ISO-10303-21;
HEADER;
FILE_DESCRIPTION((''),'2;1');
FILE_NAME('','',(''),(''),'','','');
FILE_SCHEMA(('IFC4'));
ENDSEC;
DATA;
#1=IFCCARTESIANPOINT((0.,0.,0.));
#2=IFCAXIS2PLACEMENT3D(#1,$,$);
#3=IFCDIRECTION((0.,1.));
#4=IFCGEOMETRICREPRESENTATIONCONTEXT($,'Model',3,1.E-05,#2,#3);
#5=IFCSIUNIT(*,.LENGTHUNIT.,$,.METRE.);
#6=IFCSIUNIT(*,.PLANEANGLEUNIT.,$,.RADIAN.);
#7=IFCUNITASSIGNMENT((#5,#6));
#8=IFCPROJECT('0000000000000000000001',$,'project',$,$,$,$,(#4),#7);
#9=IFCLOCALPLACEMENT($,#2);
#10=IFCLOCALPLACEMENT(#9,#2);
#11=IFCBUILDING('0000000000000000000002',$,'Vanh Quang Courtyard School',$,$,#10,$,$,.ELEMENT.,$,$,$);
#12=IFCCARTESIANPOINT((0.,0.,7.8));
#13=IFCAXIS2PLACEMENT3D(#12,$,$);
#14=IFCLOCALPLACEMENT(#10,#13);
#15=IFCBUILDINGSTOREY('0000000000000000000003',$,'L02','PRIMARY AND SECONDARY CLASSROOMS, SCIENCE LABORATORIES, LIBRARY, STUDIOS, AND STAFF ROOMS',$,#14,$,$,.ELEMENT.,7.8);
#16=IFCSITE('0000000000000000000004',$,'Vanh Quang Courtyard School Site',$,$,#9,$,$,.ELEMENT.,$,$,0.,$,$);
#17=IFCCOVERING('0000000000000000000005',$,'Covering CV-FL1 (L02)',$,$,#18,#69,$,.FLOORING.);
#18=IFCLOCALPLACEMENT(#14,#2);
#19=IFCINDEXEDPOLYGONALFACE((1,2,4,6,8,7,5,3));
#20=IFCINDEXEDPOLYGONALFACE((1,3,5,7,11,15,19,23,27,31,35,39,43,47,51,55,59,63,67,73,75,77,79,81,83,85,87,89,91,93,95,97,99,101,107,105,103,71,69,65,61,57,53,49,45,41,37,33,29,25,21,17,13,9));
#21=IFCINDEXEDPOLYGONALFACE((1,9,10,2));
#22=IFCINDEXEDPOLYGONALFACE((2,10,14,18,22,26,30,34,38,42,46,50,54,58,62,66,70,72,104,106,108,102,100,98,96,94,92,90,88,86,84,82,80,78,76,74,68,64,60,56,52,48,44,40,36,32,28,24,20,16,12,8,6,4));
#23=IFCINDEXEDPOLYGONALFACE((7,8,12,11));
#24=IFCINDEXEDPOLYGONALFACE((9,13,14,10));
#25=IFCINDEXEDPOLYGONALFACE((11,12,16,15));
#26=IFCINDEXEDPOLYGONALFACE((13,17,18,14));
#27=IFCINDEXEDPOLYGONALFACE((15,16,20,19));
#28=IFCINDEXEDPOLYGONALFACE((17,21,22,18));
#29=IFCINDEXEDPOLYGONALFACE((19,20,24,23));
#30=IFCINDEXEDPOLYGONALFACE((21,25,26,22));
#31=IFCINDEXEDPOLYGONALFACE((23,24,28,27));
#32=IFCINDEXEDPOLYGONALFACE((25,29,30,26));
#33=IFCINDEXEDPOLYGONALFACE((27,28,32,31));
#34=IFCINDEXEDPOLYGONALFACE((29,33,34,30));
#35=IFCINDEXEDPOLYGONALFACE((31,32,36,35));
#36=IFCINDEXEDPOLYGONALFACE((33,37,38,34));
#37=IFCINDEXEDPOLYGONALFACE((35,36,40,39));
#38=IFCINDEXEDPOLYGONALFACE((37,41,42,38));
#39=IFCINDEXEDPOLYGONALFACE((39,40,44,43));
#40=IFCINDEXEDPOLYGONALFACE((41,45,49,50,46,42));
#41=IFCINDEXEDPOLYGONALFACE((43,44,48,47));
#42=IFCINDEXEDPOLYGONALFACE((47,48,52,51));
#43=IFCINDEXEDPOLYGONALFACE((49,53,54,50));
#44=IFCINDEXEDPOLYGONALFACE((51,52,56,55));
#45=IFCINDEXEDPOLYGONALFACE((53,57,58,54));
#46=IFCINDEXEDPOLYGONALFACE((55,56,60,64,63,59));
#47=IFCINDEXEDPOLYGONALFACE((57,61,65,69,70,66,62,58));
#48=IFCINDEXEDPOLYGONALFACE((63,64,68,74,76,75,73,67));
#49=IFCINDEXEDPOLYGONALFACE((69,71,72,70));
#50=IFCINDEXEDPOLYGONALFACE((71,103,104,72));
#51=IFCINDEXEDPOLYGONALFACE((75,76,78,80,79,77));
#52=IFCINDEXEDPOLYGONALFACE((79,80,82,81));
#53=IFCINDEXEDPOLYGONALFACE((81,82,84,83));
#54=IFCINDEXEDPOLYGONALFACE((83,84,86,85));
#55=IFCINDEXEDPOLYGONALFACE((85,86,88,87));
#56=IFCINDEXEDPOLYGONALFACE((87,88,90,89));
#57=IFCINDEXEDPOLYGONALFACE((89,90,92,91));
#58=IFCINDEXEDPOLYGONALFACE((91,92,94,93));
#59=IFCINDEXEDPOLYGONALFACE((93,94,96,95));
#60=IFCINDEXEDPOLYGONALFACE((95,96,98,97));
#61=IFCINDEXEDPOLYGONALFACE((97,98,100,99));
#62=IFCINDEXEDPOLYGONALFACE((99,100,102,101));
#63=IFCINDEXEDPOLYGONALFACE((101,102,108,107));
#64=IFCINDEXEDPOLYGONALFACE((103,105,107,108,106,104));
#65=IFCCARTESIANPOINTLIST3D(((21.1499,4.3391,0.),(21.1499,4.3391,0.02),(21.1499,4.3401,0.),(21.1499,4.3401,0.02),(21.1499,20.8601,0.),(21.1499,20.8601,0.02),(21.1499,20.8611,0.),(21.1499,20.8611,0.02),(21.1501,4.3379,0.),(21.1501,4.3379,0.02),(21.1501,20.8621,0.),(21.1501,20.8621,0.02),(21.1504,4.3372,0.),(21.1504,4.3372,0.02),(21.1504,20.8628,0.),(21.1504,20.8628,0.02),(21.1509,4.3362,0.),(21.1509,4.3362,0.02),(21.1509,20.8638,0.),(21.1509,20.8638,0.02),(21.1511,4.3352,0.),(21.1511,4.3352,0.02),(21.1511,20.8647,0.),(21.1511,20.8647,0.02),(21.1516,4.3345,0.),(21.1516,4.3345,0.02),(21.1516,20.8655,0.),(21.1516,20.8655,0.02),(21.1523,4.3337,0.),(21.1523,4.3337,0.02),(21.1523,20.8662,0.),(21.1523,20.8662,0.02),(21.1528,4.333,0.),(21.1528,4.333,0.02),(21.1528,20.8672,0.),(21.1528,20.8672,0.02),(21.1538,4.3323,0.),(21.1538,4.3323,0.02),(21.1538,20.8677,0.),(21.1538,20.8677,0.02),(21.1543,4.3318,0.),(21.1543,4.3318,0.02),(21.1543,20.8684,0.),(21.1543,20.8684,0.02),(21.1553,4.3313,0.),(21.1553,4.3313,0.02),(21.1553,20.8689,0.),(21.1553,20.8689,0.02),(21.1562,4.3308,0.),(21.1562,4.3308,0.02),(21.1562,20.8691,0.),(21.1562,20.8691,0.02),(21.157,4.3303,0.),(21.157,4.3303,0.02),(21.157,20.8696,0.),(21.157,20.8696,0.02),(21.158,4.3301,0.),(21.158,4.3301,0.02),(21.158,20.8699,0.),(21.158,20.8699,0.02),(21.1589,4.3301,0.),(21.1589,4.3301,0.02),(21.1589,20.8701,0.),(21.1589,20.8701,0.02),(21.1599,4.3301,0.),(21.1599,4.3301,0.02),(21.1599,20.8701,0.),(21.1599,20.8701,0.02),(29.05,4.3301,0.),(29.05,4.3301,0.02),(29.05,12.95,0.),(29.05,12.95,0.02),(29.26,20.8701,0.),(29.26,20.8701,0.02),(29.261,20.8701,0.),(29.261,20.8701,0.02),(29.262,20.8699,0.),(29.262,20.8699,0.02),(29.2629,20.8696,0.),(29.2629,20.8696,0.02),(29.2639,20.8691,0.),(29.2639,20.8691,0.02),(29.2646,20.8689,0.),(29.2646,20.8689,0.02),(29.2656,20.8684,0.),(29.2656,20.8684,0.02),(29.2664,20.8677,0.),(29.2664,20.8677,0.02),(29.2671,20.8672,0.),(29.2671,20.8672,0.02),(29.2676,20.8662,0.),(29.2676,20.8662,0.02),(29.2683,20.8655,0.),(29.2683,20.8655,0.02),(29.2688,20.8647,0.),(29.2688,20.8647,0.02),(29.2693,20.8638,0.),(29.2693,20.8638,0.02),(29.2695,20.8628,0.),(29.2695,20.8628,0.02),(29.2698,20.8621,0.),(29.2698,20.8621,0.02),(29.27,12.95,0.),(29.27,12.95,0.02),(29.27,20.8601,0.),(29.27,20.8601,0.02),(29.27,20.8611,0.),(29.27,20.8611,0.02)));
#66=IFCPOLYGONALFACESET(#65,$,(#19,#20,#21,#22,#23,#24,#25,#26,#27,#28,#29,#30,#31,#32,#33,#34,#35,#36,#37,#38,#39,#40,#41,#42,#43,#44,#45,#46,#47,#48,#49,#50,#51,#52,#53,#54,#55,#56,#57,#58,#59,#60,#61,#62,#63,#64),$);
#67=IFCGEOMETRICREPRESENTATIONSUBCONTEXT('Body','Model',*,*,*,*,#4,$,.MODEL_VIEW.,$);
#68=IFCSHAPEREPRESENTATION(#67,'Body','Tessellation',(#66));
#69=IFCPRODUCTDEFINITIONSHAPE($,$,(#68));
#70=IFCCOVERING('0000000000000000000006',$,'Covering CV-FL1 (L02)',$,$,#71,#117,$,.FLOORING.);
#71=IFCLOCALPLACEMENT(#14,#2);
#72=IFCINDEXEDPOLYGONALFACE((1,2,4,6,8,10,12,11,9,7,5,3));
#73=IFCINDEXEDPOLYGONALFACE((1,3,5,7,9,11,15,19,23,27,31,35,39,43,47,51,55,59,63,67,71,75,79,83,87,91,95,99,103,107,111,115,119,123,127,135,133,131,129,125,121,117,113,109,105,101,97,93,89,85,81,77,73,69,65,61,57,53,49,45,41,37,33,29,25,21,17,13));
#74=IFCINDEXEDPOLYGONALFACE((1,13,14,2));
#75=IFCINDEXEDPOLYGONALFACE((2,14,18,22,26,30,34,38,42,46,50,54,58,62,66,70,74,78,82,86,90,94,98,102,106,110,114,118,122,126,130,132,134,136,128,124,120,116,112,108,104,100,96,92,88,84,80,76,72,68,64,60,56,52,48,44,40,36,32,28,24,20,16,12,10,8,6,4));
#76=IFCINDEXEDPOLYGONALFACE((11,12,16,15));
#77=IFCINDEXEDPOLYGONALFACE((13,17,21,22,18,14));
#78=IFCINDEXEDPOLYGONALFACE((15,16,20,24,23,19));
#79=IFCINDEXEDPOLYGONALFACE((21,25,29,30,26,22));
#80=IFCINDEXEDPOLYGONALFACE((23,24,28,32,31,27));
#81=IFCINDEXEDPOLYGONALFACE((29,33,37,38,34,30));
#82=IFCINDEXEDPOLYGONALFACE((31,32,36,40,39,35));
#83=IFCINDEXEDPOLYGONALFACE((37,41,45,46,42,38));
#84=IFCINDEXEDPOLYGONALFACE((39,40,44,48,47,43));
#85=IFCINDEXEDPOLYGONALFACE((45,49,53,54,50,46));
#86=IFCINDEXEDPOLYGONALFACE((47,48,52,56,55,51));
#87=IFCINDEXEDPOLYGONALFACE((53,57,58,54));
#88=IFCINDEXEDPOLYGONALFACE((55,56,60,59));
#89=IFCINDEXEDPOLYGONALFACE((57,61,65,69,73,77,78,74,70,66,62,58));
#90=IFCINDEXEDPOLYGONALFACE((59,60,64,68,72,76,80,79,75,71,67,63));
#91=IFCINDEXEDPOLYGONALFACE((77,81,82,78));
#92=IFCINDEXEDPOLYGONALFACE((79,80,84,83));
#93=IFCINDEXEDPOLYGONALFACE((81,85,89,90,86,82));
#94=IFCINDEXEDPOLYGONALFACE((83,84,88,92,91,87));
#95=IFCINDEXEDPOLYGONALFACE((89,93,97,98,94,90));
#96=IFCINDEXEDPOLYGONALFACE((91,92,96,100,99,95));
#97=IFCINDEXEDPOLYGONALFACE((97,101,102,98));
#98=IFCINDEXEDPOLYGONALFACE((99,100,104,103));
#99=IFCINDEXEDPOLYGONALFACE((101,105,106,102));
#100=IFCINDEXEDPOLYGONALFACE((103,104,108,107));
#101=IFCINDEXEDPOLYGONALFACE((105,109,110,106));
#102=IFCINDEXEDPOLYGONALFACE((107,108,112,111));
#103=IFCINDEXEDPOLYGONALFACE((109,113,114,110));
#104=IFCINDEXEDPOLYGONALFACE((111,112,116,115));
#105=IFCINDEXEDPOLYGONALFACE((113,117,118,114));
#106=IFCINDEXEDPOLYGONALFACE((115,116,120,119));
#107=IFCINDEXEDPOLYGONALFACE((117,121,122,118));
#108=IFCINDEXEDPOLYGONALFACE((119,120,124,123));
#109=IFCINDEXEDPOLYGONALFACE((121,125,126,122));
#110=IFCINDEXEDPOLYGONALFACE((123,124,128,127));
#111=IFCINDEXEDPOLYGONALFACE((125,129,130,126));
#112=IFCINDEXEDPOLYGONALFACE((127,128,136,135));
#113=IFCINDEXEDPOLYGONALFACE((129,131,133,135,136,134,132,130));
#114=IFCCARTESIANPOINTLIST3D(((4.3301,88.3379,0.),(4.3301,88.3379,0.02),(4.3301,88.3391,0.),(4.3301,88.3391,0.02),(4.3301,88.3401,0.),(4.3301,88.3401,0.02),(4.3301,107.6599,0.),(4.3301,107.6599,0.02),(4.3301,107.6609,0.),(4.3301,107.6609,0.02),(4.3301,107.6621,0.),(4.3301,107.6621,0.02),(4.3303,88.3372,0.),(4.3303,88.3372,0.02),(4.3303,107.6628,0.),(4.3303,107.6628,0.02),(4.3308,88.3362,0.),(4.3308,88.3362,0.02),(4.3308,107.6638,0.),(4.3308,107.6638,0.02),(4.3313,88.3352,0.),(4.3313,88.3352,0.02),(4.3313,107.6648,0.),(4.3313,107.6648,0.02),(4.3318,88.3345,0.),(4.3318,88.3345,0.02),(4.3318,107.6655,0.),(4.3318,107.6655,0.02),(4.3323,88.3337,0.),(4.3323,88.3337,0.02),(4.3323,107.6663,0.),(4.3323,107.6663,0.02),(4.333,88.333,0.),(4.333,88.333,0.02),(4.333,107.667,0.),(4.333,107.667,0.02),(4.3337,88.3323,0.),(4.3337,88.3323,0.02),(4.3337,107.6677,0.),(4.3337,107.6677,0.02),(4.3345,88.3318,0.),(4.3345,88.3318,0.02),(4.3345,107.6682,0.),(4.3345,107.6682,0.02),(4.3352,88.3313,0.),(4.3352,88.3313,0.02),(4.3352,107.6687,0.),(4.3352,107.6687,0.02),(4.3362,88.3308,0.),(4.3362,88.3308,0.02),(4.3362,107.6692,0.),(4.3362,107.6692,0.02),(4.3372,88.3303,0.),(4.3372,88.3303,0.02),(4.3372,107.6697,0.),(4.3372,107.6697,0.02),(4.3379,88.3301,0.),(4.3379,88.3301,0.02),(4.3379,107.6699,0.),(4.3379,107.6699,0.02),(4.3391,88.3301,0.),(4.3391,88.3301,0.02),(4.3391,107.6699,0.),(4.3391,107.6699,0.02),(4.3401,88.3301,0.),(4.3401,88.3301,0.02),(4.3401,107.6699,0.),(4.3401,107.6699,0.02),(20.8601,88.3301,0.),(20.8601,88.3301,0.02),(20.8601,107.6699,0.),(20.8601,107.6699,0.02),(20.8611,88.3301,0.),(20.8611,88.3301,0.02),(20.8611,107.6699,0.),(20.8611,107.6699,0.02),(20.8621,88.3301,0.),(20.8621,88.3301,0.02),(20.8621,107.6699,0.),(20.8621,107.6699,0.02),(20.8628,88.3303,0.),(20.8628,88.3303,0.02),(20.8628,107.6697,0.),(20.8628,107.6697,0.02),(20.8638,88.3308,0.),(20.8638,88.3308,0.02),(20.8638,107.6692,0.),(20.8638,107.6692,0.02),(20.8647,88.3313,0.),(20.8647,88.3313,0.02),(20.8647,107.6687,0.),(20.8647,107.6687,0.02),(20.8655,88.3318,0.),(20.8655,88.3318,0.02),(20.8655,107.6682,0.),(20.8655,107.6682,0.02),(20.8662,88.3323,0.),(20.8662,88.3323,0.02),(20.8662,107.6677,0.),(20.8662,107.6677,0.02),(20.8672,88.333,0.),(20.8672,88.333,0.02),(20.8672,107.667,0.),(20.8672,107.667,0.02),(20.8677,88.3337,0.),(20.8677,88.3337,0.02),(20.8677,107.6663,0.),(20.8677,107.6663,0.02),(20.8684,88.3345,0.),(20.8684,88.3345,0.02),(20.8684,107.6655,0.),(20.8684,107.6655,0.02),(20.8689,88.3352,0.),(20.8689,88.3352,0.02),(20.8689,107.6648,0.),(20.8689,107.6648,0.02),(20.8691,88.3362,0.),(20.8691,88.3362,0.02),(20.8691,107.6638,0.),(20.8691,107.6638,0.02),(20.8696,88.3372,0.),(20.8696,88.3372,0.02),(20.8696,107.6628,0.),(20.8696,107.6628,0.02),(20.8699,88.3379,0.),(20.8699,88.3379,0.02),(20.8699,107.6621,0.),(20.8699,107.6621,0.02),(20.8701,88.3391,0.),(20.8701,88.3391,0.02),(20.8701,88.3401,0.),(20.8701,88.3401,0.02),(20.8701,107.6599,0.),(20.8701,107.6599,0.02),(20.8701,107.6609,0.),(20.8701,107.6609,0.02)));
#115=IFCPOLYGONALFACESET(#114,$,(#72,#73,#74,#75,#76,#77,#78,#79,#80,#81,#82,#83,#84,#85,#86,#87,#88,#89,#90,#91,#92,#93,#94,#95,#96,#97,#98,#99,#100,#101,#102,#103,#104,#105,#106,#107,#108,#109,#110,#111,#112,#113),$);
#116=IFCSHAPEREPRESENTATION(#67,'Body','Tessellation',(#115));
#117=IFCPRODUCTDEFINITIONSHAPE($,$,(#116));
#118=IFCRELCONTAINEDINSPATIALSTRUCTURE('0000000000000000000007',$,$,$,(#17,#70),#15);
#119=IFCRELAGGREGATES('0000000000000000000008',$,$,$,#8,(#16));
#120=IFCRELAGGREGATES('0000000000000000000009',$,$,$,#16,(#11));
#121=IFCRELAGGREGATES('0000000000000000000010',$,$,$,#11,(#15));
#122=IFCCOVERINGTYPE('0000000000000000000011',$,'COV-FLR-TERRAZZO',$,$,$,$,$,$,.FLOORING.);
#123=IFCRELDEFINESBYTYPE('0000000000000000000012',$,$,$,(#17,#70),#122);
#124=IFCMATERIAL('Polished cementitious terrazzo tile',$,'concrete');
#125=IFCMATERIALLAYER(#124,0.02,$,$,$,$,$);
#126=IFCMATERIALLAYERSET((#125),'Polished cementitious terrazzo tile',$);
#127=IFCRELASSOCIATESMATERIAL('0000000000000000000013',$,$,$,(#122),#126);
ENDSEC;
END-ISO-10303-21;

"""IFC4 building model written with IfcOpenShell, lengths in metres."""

from ifc_helpers import new_model, si_unit, direction, frame, origin, place, context, subcontext, project, spatial, polyline, outline, extrude, material, layer, layer_set, type_object, element, save


model = new_model("IFC4")

# Units and contexts
model_context = context("Model", 3, precision=1e-05, world=origin(), true_north=direction((0.0, 1.0)))
body_context = subcontext(model_context, "Body", "Model", "MODEL_VIEW")
ifc_project = project(units=[si_unit("LENGTHUNIT", "METRE"), si_unit("PLANEANGLEUNIT", "RADIAN")], contexts=[model_context])

# Site, building, storey
site_placement = place(None, origin())
site = spatial("IfcSite", under=ifc_project, at=site_placement, Name="Vanh Quang Courtyard School Site", CompositionType="ELEMENT", RefElevation=0.0)
building_placement = place(site_placement, origin())
building = spatial("IfcBuilding", under=site, at=building_placement, Name="Vanh Quang Courtyard School", CompositionType="ELEMENT")
storey_placement = place(building_placement, frame((0.0, 0.0, 7.8)))
storey = spatial("IfcBuildingStorey", under=building, at=storey_placement, Name="L02", Description="PRIMARY AND SECONDARY CLASSROOMS, SCIENCE LABORATORIES, LIBRARY, STUDIOS, AND STAFF ROOMS", CompositionType="ELEMENT", Elevation=7.8)

# Coverings
ifc_material_1 = material(Name="Polished cementitious terrazzo tile", Category="concrete")
ifc_layer_1 = layer(ifc_material_1, 0.02)
ifc_layer_set_1 = layer_set([ifc_layer_1], Name="Polished cementitious terrazzo tile")
covering_type_1 = type_object("IfcCoveringType", Name="COV-FLR-TERRAZZO", PredefinedType="FLOORING", material=ifc_layer_set_1)
covering_1_placement = place(storey_placement, origin())
element("IfcCovering", 1, at=covering_1_placement, inside=storey, type_object=covering_type_1, Name="Covering CV-FL1 (L02)", PredefinedType="FLOORING", context=body_context, shape_type="SweptSolid", body=[
    extrude(outline(polyline([(21.1499, 20.8601), (21.1499, 20.8611), (21.1501, 20.8621), (21.1504, 20.8628), (21.1509, 20.8638), (21.1511, 20.8647), (21.1516, 20.8655), (21.1523, 20.8662), (21.1528, 20.8672), (21.1538, 20.8677), (21.1543, 20.8684), (21.1553, 20.8689), (21.1562, 20.8691), (21.157, 20.8696), (21.158, 20.8699), (21.1589, 20.8701), (21.1599, 20.8701), (29.26, 20.8701), (29.261, 20.8701), (29.262, 20.8699), (29.2629, 20.8696), (29.2639, 20.8691), (29.2646, 20.8689), (29.2656, 20.8684), (29.2664, 20.8677), (29.2671, 20.8672), (29.2676, 20.8662), (29.2683, 20.8655), (29.2688, 20.8647), (29.2693, 20.8638), (29.2695, 20.8628), (29.2698, 20.8621), (29.27, 20.8611), (29.27, 20.8601), (29.27, 12.95), (29.05, 12.95), (29.05, 4.3301), (21.1599, 4.3301), (21.1589, 4.3301), (21.158, 4.3301), (21.157, 4.3303), (21.1562, 4.3308), (21.1553, 4.3313), (21.1543, 4.3318), (21.1538, 4.3323), (21.1528, 4.333), (21.1523, 4.3337), (21.1516, 4.3345), (21.1511, 4.3352), (21.1509, 4.3362), (21.1504, 4.3372), (21.1501, 4.3379), (21.1499, 4.3391), (21.1499, 4.3401), (21.1499, 20.8601)])), origin(), (0.0, 0.0, 1.0), 0.02),
])
covering_2_placement = place(storey_placement, origin())
element("IfcCovering", 2, at=covering_2_placement, inside=storey, type_object=covering_type_1, Name="Covering CV-FL1 (L02)", PredefinedType="FLOORING", context=body_context, shape_type="SweptSolid", body=[
    extrude(outline(polyline([(4.3301, 107.6599), (4.3301, 107.6609), (4.3301, 107.6621), (4.3303, 107.6628), (4.3308, 107.6638), (4.3313, 107.6648), (4.3318, 107.6655), (4.3323, 107.6663), (4.333, 107.667), (4.3337, 107.6677), (4.3345, 107.6682), (4.3352, 107.6687), (4.3362, 107.6692), (4.3372, 107.6697), (4.3379, 107.6699), (4.3391, 107.6699), (4.3401, 107.6699), (20.8601, 107.6699), (20.8611, 107.6699), (20.8621, 107.6699), (20.8628, 107.6697), (20.8638, 107.6692), (20.8647, 107.6687), (20.8655, 107.6682), (20.8662, 107.6677), (20.8672, 107.667), (20.8677, 107.6663), (20.8684, 107.6655), (20.8689, 107.6648), (20.8691, 107.6638), (20.8696, 107.6628), (20.8699, 107.6621), (20.8701, 107.6609), (20.8701, 107.6599), (20.8701, 88.3401), (20.8701, 88.3391), (20.8699, 88.3379), (20.8696, 88.3372), (20.8691, 88.3362), (20.8689, 88.3352), (20.8684, 88.3345), (20.8677, 88.3337), (20.8672, 88.333), (20.8662, 88.3323), (20.8655, 88.3318), (20.8647, 88.3313), (20.8638, 88.3308), (20.8628, 88.3303), (20.8621, 88.3301), (20.8611, 88.3301), (20.8601, 88.3301), (4.3401, 88.3301), (4.3391, 88.3301), (4.3379, 88.3301), (4.3372, 88.3303), (4.3362, 88.3308), (4.3352, 88.3313), (4.3345, 88.3318), (4.3337, 88.3323), (4.333, 88.333), (4.3323, 88.3337), (4.3318, 88.3345), (4.3313, 88.3352), (4.3308, 88.3362), (4.3303, 88.3372), (4.3301, 88.3379), (4.3301, 88.3391), (4.3301, 88.3401), (4.3301, 107.6599)])), origin(), (0.0, 0.0, 1.0), 0.02),
])

save(model, "model.ifc")
